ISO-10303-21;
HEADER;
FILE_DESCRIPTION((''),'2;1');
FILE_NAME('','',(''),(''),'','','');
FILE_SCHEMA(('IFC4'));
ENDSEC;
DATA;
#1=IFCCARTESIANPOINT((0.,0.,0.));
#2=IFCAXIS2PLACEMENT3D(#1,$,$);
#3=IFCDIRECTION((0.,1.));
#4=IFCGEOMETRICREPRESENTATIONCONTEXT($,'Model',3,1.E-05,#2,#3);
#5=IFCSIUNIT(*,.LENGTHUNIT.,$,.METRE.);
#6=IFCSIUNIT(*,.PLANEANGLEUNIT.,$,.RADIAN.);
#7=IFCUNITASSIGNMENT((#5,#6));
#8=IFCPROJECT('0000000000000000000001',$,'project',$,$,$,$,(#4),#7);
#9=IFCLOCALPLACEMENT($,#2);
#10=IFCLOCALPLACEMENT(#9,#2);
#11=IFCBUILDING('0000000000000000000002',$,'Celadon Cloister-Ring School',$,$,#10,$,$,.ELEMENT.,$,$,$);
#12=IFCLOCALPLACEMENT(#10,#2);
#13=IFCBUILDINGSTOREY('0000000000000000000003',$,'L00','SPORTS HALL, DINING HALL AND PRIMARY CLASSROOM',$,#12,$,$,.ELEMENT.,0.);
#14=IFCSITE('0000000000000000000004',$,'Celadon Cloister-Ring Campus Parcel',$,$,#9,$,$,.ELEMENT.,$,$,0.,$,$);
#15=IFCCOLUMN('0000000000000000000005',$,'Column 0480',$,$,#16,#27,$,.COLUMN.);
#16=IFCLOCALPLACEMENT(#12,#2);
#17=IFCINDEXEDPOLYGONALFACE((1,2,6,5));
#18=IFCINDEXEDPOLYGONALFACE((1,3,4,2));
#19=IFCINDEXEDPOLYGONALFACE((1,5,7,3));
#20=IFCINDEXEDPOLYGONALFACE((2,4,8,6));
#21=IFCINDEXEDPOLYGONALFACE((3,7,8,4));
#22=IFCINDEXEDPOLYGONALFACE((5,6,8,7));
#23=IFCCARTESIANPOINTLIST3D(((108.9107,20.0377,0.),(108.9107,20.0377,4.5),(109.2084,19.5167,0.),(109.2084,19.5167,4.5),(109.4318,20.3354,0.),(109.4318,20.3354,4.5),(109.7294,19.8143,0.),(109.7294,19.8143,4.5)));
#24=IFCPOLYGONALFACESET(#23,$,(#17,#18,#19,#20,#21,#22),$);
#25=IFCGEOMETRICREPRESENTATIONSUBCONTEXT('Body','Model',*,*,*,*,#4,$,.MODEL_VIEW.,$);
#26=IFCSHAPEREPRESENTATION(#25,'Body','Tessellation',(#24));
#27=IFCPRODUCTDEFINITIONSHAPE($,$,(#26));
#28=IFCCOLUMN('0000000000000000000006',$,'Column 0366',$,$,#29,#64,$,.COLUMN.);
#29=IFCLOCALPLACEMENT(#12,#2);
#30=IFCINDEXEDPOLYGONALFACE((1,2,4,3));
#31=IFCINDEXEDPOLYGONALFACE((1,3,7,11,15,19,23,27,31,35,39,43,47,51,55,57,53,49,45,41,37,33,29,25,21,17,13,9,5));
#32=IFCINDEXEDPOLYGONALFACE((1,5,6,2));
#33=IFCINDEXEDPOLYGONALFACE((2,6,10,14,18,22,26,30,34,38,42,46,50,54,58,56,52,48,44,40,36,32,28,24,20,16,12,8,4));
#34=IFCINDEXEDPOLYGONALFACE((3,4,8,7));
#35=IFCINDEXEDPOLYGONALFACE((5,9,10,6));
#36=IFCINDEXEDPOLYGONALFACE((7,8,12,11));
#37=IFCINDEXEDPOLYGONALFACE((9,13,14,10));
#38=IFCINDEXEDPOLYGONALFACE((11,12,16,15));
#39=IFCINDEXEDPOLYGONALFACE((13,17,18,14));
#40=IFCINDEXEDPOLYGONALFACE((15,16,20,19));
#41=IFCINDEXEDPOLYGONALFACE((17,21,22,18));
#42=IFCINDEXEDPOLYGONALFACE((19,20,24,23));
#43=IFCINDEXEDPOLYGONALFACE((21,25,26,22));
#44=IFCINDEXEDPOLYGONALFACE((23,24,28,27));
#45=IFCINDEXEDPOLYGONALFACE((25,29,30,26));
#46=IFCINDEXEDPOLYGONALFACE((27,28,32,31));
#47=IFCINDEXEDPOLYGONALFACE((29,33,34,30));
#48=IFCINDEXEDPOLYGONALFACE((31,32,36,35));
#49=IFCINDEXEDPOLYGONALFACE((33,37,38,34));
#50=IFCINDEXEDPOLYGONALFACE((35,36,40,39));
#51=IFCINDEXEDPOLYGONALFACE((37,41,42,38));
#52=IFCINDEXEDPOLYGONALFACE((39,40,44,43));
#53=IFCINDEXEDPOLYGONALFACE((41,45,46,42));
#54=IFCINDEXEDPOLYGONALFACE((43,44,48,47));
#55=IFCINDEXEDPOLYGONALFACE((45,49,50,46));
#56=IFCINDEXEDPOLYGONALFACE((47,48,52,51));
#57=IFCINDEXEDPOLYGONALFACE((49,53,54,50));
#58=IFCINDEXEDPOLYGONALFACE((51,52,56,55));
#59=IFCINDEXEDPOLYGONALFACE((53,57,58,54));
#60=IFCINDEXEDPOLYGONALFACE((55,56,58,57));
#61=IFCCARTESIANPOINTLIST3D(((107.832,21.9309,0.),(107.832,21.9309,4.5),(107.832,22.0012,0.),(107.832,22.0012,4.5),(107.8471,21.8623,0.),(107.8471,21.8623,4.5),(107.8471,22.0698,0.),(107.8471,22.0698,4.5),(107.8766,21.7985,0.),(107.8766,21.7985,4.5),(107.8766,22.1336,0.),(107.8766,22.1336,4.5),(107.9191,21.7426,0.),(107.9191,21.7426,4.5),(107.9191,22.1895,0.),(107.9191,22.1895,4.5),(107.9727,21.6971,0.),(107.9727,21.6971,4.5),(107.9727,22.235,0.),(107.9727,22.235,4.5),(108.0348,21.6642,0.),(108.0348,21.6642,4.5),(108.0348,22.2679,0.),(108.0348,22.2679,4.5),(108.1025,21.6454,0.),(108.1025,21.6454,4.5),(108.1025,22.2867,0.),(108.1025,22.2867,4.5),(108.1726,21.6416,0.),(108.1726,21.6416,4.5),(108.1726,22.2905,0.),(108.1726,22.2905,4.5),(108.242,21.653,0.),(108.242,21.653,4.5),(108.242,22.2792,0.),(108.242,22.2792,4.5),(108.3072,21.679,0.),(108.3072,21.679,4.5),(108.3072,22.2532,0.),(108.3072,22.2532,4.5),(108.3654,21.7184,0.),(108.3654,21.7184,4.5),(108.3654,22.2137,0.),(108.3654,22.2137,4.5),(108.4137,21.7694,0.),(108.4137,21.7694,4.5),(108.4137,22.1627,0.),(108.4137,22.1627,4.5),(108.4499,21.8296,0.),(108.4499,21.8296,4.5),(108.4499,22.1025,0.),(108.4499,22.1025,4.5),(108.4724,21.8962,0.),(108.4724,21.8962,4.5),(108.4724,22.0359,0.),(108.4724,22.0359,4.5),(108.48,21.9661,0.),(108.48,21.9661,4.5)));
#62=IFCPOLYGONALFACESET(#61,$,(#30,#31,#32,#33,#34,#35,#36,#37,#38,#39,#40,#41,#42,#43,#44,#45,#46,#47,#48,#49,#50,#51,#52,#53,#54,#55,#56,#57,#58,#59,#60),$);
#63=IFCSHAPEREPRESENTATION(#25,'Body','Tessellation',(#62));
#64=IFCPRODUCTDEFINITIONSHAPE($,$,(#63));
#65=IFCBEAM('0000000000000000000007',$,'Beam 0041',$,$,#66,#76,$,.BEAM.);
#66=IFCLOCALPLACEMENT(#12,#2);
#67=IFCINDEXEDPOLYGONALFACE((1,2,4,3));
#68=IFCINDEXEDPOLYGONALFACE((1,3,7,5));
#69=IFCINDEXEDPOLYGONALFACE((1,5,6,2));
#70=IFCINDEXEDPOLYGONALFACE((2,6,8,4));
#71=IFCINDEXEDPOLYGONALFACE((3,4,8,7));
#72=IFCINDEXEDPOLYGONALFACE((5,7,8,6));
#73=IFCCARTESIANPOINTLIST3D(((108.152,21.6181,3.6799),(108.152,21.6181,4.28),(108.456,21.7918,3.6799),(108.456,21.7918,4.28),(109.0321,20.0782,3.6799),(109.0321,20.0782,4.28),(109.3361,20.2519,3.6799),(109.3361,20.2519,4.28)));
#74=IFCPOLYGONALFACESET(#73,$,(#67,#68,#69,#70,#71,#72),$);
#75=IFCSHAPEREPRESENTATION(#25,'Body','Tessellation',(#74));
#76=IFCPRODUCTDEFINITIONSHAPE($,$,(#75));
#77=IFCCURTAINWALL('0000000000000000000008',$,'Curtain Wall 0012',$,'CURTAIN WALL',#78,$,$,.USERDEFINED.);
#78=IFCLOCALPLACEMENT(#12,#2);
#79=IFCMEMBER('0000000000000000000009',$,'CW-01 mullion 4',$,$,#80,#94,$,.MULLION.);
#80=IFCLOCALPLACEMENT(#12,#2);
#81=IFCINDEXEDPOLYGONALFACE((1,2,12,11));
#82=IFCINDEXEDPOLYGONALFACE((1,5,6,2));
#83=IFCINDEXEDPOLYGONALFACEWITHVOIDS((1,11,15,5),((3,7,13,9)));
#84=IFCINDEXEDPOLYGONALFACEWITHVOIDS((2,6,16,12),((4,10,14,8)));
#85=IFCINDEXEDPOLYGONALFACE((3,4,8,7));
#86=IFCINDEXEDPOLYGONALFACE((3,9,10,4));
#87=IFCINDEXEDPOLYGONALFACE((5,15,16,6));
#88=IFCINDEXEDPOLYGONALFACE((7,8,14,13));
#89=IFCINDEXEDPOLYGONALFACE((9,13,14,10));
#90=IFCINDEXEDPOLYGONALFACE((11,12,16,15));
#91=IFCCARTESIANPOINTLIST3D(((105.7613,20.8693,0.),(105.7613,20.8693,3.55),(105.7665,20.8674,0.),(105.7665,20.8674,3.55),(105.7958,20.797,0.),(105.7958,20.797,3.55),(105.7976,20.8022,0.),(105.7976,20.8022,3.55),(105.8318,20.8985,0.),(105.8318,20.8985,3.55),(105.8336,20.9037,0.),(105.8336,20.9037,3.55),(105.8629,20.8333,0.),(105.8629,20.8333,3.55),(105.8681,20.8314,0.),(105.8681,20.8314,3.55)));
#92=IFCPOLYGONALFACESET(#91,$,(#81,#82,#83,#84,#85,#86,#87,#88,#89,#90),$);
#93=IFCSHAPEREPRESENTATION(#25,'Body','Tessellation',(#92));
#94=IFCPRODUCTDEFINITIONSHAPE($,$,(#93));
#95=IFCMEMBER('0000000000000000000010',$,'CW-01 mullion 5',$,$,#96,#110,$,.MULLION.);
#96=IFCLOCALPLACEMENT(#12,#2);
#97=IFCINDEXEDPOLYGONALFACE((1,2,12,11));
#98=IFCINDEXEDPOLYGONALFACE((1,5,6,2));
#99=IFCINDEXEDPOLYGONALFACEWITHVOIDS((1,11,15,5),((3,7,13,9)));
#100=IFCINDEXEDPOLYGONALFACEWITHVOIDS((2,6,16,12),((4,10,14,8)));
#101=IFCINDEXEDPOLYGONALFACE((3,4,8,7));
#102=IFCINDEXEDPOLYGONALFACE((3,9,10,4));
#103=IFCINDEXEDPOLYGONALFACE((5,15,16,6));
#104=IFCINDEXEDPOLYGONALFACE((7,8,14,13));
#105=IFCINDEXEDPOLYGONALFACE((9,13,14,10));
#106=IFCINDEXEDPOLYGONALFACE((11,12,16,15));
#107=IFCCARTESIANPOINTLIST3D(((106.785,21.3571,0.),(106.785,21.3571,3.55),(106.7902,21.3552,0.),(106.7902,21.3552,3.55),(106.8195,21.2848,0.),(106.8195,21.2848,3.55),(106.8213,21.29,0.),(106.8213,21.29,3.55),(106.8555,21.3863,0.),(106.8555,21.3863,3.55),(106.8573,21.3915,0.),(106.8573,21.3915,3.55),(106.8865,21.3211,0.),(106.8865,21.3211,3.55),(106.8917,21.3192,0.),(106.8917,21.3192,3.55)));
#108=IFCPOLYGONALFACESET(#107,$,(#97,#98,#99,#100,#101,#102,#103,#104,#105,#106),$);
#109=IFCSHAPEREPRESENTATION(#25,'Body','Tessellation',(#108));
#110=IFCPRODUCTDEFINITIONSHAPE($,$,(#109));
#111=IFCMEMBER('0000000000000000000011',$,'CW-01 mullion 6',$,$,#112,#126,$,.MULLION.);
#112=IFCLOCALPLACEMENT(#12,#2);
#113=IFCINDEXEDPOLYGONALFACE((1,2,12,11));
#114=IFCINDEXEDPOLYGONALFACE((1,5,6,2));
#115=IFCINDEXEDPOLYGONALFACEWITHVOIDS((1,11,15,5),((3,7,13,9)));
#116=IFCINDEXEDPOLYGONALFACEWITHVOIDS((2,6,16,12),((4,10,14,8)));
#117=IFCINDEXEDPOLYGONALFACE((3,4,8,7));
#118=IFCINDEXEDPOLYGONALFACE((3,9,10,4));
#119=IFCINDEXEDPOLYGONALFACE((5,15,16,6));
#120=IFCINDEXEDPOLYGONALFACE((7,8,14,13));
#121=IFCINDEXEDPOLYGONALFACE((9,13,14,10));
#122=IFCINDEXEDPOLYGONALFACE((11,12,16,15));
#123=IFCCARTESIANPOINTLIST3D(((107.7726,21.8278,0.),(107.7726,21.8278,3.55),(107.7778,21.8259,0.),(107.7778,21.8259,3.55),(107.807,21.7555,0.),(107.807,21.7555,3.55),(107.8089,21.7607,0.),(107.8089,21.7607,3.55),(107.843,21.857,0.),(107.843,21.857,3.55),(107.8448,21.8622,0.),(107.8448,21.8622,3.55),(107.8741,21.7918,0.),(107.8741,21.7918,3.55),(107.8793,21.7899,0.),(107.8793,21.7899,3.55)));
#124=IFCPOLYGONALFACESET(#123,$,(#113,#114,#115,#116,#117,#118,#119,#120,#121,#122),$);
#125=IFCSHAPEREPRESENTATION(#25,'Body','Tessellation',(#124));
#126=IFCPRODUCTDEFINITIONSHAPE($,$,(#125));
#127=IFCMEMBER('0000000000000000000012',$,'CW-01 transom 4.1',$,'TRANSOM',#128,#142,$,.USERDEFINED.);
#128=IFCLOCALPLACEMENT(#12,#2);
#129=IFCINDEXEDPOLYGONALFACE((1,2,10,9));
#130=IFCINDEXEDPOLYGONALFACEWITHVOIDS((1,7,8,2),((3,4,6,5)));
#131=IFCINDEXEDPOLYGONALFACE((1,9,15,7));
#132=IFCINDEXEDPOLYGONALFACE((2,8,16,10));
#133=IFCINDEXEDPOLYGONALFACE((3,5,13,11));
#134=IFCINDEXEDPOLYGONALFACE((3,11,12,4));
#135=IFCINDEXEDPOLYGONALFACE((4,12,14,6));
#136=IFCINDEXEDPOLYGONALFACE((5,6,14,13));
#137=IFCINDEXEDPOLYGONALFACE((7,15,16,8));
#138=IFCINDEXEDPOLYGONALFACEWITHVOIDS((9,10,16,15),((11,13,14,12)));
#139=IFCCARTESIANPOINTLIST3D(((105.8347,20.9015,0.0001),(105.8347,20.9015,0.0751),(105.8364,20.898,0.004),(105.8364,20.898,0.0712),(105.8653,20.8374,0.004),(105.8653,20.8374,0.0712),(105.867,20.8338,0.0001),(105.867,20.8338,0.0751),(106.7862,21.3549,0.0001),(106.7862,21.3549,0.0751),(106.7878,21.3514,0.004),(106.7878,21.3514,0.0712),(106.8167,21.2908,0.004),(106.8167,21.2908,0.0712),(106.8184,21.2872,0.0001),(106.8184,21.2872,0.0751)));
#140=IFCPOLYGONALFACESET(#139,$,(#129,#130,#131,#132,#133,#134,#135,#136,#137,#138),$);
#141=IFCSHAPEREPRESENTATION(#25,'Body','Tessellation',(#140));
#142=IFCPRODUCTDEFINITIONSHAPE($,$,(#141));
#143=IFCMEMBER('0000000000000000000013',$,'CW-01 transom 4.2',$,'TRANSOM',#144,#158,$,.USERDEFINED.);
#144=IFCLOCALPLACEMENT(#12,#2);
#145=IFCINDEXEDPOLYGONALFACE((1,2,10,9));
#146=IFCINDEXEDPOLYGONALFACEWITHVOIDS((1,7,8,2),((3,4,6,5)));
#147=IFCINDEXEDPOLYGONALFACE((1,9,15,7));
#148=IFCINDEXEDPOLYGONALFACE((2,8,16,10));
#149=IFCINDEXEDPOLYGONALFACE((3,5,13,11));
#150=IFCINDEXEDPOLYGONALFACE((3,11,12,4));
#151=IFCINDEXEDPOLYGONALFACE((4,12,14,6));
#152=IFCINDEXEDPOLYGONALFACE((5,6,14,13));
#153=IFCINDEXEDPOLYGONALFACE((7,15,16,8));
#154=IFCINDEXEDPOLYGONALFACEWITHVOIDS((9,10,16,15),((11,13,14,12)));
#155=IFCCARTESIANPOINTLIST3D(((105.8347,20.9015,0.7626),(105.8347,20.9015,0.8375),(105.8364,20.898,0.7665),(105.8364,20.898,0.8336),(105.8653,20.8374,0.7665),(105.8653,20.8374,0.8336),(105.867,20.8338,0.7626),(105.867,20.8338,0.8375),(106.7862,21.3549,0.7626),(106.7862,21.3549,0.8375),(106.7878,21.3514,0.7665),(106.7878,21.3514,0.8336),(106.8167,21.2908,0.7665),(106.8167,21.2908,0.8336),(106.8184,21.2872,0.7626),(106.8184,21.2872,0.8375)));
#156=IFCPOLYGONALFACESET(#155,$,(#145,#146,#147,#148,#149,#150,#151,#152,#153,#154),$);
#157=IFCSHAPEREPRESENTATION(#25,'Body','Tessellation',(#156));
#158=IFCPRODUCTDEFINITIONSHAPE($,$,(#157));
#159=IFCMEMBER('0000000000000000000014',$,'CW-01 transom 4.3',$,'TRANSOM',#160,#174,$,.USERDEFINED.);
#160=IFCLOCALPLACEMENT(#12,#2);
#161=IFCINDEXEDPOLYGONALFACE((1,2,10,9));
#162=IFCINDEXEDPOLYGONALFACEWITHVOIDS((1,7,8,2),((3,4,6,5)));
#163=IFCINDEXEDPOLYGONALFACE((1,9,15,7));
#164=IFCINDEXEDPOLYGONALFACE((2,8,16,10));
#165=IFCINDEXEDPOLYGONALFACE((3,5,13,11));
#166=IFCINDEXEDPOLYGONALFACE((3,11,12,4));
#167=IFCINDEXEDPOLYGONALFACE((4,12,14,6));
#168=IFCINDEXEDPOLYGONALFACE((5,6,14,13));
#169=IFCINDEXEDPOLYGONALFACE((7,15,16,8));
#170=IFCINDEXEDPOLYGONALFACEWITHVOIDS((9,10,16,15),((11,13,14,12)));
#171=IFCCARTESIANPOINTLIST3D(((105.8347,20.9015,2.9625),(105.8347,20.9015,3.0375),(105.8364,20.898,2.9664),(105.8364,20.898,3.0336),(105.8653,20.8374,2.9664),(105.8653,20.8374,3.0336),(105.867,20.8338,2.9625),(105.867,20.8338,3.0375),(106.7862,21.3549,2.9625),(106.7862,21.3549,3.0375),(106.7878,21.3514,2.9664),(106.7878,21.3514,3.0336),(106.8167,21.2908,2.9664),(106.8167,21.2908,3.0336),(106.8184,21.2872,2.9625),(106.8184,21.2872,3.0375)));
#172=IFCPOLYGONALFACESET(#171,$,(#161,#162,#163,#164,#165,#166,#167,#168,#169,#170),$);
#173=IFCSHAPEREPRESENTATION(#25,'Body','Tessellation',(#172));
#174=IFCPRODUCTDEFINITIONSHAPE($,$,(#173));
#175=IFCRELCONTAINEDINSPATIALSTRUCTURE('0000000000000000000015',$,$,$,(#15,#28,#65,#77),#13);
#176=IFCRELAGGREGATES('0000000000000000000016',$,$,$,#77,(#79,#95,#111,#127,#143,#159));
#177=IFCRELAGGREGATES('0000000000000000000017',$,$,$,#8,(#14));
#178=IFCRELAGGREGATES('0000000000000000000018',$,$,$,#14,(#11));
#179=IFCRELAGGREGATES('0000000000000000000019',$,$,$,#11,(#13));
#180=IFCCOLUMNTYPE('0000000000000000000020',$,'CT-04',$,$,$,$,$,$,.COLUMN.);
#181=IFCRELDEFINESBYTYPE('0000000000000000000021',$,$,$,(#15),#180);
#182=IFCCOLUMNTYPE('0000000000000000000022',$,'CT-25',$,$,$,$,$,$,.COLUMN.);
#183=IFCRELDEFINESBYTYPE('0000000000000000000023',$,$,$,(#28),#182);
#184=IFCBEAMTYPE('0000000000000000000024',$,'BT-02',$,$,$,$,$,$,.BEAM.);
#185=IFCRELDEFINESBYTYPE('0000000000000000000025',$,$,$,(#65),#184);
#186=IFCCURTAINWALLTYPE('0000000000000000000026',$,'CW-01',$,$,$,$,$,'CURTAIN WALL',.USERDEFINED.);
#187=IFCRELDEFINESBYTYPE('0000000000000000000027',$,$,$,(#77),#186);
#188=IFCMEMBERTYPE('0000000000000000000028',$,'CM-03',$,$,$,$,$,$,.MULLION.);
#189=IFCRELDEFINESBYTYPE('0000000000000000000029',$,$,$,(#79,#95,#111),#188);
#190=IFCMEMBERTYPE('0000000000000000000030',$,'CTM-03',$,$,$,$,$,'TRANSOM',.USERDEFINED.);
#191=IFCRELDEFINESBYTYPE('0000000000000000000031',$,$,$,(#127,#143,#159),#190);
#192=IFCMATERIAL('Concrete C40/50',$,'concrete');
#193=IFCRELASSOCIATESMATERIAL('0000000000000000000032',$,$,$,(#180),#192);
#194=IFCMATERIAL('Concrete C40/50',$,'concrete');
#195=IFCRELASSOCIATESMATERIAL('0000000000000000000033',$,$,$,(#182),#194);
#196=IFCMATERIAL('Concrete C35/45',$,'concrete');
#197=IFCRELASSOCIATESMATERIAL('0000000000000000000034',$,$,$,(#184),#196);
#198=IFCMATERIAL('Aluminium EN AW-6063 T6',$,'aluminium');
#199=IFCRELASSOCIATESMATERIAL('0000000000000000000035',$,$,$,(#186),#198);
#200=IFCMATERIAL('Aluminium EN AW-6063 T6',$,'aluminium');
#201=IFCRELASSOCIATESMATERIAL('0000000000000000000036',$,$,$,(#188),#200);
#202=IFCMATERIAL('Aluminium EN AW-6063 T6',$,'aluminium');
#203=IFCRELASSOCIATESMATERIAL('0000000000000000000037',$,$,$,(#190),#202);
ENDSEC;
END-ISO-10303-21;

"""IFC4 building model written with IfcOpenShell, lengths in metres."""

from ifc_helpers import new_model, si_unit, direction, frame, origin, origin_2d, place, context, subcontext, project, spatial, rectangle, hollow_rectangle, circle, extrude, material, material_profile, profile_set, type_object, element, aggregate, save


model = new_model("IFC4")

# Units and contexts
model_context = context("Model", 3, precision=1e-05, world=origin(), true_north=direction((0.0, 1.0)))
body_context = subcontext(model_context, "Body", "Model", "MODEL_VIEW")
ifc_project = project(units=[si_unit("LENGTHUNIT", "METRE"), si_unit("PLANEANGLEUNIT", "RADIAN")], contexts=[model_context])

# Site, building, storey
site_placement = place(None, origin())
site = spatial("IfcSite", under=ifc_project, at=site_placement, Name="Celadon Cloister-Ring Campus Parcel", CompositionType="ELEMENT", RefElevation=0.0)
building_placement = place(site_placement, origin())
building = spatial("IfcBuilding", under=site, at=building_placement, Name="Celadon Cloister-Ring School", CompositionType="ELEMENT")
storey_placement = place(building_placement, origin())
storey = spatial("IfcBuildingStorey", under=building, at=storey_placement, Name="L00", Description="SPORTS HALL, DINING HALL AND PRIMARY CLASSROOM", CompositionType="ELEMENT", Elevation=0.0)

# Columns
ifc_material_1 = material(Name="Concrete C40/50", Category="concrete")
ifc_material_profile_1 = material_profile(ifc_material_1, rectangle(XDim=0.6001, YDim=0.6001, at=origin_2d()), Name="RC600X600")
ifc_profile_set_1 = profile_set([ifc_material_profile_1], Name="Concrete C40/50")
column_type_1 = type_object("IfcColumnType", Name="CT-04", PredefinedType="COLUMN", material=ifc_profile_set_1)
column_1_placement = place(storey_placement, frame((109.3201, 19.926, 0.0), z_axis=(0.0, 0.0, 1.0), x_axis=(0.496004, -0.86832, 0.0)))
element("IfcColumn", 1, at=column_1_placement, inside=storey, type_object=column_type_1, Name="Column 0480", PredefinedType="COLUMN", context=body_context, shape_type="SweptSolid", body=[
    extrude(rectangle(XDim=0.6001, YDim=0.6001, at=origin_2d()), origin(), (0.0, 0.0, 1.0), 4.5),
])
ifc_material_2 = material(Name="Concrete C40/50", Category="concrete")
ifc_material_profile_2 = material_profile(ifc_material_2, circle(Radius=0.325, at=origin_2d()), Name="CIRC650")
ifc_profile_set_2 = profile_set([ifc_material_profile_2], Name="Concrete C40/50")
column_type_2 = type_object("IfcColumnType", Name="CT-25", PredefinedType="COLUMN", material=ifc_profile_set_2)
column_2_placement = place(storey_placement, frame((108.155, 21.9661, 0.0), z_axis=(0.0, 0.0, 1.0), x_axis=(1.0, 0.0, 0.0)))
element("IfcColumn", 2, at=column_2_placement, inside=storey, type_object=column_type_2, Name="Column 0366", PredefinedType="COLUMN", context=body_context, shape_type="SweptSolid", body=[
    extrude(circle(Radius=0.325, at=origin_2d()), origin(), (0.0, 0.0, 1.0), 4.5),
])

# Beam
ifc_material_3 = material(Name="Concrete C35/45", Category="concrete")
ifc_material_profile_3 = material_profile(ifc_material_3, rectangle(XDim=0.3501, YDim=0.6001, at=origin_2d()), Name="RC350X600")
ifc_profile_set_3 = profile_set([ifc_material_profile_3], Name="Concrete C35/45")
beam_type_1 = type_object("IfcBeamType", Name="BT-02", PredefinedType="BEAM", material=ifc_profile_set_3)
beam_1_placement = place(storey_placement, frame((109.1841, 20.165, 3.98), z_axis=(-0.496183, 0.868218, 0.0), x_axis=(-0.868218, -0.496183, 0.0)))
element("IfcBeam", 3, at=beam_1_placement, inside=storey, type_object=beam_type_1, Name="Beam 0041", PredefinedType="BEAM", context=body_context, shape_type="SweptSolid", body=[
    extrude(rectangle(XDim=0.3501, YDim=0.6001, at=origin_2d()), origin(), (0.0, 0.0, 1.0), 1.7737),
])

# Curtain wall, members
ifc_material_4 = material(Name="Aluminium EN AW-6063 T6", Category="aluminium")
curtain_wall_type = type_object("IfcCurtainWallType", Name="CW-01", ElementType="CURTAIN WALL", PredefinedType="USERDEFINED", material=ifc_material_4)
curtain_wall_placement = place(storey_placement, origin())
curtain_wall = element("IfcCurtainWall", 4, at=curtain_wall_placement, inside=storey, type_object=curtain_wall_type, Name="Curtain Wall 0012", ObjectType="CURTAIN WALL", PredefinedType="USERDEFINED")
ifc_material_5 = material(Name="Aluminium EN AW-6063 T6", Category="aluminium")
ifc_material_profile_4 = material_profile(ifc_material_5, hollow_rectangle(XDim=0.0801, YDim=0.0801, WallThickness=0.0039, at=origin_2d()), Name="RHS80X80X4")
ifc_profile_set_4 = profile_set([ifc_material_profile_4], Name="Aluminium EN AW-6063 T6")
member_type_1 = type_object("IfcMemberType", Name="CM-03", PredefinedType="MULLION", material=ifc_profile_set_4)
member_1_placement = place(storey_placement, frame((105.8147, 20.8503, 0.0), z_axis=(0.0, 0.0, 1.0), x_axis=(-0.430201, 0.902733, 0.0)))
member_1 = element("IfcMember", 5, at=member_1_placement, type_object=member_type_1, Name="CW-01 mullion 4", PredefinedType="MULLION", context=body_context, shape_type="SweptSolid", body=[
    extrude(hollow_rectangle(XDim=0.0801, YDim=0.0801, WallThickness=0.0039, at=origin_2d()), origin(), (0.0, 0.0, 1.0), 3.55),
])
member_2_placement = place(storey_placement, frame((106.8384, 21.3381, 0.0), z_axis=(0.0, 0.0, 1.0), x_axis=(-0.430201, 0.902733, 0.0)))
member_2 = element("IfcMember", 6, at=member_2_placement, type_object=member_type_1, Name="CW-01 mullion 5", PredefinedType="MULLION", context=body_context, shape_type="SweptSolid", body=[
    extrude(hollow_rectangle(XDim=0.0801, YDim=0.0801, WallThickness=0.0039, at=origin_2d()), origin(), (0.0, 0.0, 1.0), 3.55),
])
member_3_placement = place(storey_placement, frame((107.8259, 21.8088, 0.0), z_axis=(0.0, 0.0, 1.0), x_axis=(-0.430201, 0.902733, 0.0)))
member_3 = element("IfcMember", 7, at=member_3_placement, type_object=member_type_1, Name="CW-01 mullion 6", PredefinedType="MULLION", context=body_context, shape_type="SweptSolid", body=[
    extrude(hollow_rectangle(XDim=0.0801, YDim=0.0801, WallThickness=0.0039, at=origin_2d()), origin(), (0.0, 0.0, 1.0), 3.55),
])
ifc_material_6 = material(Name="Aluminium EN AW-6063 T6", Category="aluminium")
ifc_material_profile_5 = material_profile(ifc_material_6, hollow_rectangle(XDim=0.075, YDim=0.075, WallThickness=0.0039, at=origin_2d()), Name="RHS75X75X4")
ifc_profile_set_5 = profile_set([ifc_material_profile_5], Name="Aluminium EN AW-6063 T6")
member_type_2 = type_object("IfcMemberType", Name="CTM-03", ElementType="TRANSOM", PredefinedType="USERDEFINED", material=ifc_profile_set_5)
member_4_placement = place(storey_placement, frame((105.8508, 20.8677, 0.0376), z_axis=(0.902745, 0.430176, 0.0), x_axis=(-0.430176, 0.902745, 0.0)))
member_4 = element("IfcMember", 8, at=member_4_placement, type_object=member_type_2, Name="CW-01 transom 4.1", ObjectType="TRANSOM", PredefinedType="USERDEFINED", context=body_context, shape_type="SweptSolid", body=[
    extrude(hollow_rectangle(XDim=0.075, YDim=0.075, WallThickness=0.0039, at=origin_2d()), origin(), (0.0, 0.0, 1.0), 1.054),
])
member_5_placement = place(storey_placement, frame((105.8508, 20.8677, 0.8), z_axis=(0.902745, 0.430176, 0.0), x_axis=(-0.430176, 0.902745, 0.0)))
member_5 = element("IfcMember", 9, at=member_5_placement, type_object=member_type_2, Name="CW-01 transom 4.2", ObjectType="TRANSOM", PredefinedType="USERDEFINED", context=body_context, shape_type="SweptSolid", body=[
    extrude(hollow_rectangle(XDim=0.075, YDim=0.075, WallThickness=0.0039, at=origin_2d()), origin(), (0.0, 0.0, 1.0), 1.054),
])
member_6_placement = place(storey_placement, frame((105.8508, 20.8677, 3.0), z_axis=(0.902745, 0.430176, 0.0), x_axis=(-0.430176, 0.902745, 0.0)))
member_6 = element("IfcMember", 10, at=member_6_placement, type_object=member_type_2, Name="CW-01 transom 4.3", ObjectType="TRANSOM", PredefinedType="USERDEFINED", context=body_context, shape_type="SweptSolid", body=[
    extrude(hollow_rectangle(XDim=0.075, YDim=0.075, WallThickness=0.0039, at=origin_2d()), origin(), (0.0, 0.0, 1.0), 1.054),
])

aggregate(curtain_wall, [member_1, member_2, member_3, member_4, member_5, member_6])

save(model, "model.ifc")
